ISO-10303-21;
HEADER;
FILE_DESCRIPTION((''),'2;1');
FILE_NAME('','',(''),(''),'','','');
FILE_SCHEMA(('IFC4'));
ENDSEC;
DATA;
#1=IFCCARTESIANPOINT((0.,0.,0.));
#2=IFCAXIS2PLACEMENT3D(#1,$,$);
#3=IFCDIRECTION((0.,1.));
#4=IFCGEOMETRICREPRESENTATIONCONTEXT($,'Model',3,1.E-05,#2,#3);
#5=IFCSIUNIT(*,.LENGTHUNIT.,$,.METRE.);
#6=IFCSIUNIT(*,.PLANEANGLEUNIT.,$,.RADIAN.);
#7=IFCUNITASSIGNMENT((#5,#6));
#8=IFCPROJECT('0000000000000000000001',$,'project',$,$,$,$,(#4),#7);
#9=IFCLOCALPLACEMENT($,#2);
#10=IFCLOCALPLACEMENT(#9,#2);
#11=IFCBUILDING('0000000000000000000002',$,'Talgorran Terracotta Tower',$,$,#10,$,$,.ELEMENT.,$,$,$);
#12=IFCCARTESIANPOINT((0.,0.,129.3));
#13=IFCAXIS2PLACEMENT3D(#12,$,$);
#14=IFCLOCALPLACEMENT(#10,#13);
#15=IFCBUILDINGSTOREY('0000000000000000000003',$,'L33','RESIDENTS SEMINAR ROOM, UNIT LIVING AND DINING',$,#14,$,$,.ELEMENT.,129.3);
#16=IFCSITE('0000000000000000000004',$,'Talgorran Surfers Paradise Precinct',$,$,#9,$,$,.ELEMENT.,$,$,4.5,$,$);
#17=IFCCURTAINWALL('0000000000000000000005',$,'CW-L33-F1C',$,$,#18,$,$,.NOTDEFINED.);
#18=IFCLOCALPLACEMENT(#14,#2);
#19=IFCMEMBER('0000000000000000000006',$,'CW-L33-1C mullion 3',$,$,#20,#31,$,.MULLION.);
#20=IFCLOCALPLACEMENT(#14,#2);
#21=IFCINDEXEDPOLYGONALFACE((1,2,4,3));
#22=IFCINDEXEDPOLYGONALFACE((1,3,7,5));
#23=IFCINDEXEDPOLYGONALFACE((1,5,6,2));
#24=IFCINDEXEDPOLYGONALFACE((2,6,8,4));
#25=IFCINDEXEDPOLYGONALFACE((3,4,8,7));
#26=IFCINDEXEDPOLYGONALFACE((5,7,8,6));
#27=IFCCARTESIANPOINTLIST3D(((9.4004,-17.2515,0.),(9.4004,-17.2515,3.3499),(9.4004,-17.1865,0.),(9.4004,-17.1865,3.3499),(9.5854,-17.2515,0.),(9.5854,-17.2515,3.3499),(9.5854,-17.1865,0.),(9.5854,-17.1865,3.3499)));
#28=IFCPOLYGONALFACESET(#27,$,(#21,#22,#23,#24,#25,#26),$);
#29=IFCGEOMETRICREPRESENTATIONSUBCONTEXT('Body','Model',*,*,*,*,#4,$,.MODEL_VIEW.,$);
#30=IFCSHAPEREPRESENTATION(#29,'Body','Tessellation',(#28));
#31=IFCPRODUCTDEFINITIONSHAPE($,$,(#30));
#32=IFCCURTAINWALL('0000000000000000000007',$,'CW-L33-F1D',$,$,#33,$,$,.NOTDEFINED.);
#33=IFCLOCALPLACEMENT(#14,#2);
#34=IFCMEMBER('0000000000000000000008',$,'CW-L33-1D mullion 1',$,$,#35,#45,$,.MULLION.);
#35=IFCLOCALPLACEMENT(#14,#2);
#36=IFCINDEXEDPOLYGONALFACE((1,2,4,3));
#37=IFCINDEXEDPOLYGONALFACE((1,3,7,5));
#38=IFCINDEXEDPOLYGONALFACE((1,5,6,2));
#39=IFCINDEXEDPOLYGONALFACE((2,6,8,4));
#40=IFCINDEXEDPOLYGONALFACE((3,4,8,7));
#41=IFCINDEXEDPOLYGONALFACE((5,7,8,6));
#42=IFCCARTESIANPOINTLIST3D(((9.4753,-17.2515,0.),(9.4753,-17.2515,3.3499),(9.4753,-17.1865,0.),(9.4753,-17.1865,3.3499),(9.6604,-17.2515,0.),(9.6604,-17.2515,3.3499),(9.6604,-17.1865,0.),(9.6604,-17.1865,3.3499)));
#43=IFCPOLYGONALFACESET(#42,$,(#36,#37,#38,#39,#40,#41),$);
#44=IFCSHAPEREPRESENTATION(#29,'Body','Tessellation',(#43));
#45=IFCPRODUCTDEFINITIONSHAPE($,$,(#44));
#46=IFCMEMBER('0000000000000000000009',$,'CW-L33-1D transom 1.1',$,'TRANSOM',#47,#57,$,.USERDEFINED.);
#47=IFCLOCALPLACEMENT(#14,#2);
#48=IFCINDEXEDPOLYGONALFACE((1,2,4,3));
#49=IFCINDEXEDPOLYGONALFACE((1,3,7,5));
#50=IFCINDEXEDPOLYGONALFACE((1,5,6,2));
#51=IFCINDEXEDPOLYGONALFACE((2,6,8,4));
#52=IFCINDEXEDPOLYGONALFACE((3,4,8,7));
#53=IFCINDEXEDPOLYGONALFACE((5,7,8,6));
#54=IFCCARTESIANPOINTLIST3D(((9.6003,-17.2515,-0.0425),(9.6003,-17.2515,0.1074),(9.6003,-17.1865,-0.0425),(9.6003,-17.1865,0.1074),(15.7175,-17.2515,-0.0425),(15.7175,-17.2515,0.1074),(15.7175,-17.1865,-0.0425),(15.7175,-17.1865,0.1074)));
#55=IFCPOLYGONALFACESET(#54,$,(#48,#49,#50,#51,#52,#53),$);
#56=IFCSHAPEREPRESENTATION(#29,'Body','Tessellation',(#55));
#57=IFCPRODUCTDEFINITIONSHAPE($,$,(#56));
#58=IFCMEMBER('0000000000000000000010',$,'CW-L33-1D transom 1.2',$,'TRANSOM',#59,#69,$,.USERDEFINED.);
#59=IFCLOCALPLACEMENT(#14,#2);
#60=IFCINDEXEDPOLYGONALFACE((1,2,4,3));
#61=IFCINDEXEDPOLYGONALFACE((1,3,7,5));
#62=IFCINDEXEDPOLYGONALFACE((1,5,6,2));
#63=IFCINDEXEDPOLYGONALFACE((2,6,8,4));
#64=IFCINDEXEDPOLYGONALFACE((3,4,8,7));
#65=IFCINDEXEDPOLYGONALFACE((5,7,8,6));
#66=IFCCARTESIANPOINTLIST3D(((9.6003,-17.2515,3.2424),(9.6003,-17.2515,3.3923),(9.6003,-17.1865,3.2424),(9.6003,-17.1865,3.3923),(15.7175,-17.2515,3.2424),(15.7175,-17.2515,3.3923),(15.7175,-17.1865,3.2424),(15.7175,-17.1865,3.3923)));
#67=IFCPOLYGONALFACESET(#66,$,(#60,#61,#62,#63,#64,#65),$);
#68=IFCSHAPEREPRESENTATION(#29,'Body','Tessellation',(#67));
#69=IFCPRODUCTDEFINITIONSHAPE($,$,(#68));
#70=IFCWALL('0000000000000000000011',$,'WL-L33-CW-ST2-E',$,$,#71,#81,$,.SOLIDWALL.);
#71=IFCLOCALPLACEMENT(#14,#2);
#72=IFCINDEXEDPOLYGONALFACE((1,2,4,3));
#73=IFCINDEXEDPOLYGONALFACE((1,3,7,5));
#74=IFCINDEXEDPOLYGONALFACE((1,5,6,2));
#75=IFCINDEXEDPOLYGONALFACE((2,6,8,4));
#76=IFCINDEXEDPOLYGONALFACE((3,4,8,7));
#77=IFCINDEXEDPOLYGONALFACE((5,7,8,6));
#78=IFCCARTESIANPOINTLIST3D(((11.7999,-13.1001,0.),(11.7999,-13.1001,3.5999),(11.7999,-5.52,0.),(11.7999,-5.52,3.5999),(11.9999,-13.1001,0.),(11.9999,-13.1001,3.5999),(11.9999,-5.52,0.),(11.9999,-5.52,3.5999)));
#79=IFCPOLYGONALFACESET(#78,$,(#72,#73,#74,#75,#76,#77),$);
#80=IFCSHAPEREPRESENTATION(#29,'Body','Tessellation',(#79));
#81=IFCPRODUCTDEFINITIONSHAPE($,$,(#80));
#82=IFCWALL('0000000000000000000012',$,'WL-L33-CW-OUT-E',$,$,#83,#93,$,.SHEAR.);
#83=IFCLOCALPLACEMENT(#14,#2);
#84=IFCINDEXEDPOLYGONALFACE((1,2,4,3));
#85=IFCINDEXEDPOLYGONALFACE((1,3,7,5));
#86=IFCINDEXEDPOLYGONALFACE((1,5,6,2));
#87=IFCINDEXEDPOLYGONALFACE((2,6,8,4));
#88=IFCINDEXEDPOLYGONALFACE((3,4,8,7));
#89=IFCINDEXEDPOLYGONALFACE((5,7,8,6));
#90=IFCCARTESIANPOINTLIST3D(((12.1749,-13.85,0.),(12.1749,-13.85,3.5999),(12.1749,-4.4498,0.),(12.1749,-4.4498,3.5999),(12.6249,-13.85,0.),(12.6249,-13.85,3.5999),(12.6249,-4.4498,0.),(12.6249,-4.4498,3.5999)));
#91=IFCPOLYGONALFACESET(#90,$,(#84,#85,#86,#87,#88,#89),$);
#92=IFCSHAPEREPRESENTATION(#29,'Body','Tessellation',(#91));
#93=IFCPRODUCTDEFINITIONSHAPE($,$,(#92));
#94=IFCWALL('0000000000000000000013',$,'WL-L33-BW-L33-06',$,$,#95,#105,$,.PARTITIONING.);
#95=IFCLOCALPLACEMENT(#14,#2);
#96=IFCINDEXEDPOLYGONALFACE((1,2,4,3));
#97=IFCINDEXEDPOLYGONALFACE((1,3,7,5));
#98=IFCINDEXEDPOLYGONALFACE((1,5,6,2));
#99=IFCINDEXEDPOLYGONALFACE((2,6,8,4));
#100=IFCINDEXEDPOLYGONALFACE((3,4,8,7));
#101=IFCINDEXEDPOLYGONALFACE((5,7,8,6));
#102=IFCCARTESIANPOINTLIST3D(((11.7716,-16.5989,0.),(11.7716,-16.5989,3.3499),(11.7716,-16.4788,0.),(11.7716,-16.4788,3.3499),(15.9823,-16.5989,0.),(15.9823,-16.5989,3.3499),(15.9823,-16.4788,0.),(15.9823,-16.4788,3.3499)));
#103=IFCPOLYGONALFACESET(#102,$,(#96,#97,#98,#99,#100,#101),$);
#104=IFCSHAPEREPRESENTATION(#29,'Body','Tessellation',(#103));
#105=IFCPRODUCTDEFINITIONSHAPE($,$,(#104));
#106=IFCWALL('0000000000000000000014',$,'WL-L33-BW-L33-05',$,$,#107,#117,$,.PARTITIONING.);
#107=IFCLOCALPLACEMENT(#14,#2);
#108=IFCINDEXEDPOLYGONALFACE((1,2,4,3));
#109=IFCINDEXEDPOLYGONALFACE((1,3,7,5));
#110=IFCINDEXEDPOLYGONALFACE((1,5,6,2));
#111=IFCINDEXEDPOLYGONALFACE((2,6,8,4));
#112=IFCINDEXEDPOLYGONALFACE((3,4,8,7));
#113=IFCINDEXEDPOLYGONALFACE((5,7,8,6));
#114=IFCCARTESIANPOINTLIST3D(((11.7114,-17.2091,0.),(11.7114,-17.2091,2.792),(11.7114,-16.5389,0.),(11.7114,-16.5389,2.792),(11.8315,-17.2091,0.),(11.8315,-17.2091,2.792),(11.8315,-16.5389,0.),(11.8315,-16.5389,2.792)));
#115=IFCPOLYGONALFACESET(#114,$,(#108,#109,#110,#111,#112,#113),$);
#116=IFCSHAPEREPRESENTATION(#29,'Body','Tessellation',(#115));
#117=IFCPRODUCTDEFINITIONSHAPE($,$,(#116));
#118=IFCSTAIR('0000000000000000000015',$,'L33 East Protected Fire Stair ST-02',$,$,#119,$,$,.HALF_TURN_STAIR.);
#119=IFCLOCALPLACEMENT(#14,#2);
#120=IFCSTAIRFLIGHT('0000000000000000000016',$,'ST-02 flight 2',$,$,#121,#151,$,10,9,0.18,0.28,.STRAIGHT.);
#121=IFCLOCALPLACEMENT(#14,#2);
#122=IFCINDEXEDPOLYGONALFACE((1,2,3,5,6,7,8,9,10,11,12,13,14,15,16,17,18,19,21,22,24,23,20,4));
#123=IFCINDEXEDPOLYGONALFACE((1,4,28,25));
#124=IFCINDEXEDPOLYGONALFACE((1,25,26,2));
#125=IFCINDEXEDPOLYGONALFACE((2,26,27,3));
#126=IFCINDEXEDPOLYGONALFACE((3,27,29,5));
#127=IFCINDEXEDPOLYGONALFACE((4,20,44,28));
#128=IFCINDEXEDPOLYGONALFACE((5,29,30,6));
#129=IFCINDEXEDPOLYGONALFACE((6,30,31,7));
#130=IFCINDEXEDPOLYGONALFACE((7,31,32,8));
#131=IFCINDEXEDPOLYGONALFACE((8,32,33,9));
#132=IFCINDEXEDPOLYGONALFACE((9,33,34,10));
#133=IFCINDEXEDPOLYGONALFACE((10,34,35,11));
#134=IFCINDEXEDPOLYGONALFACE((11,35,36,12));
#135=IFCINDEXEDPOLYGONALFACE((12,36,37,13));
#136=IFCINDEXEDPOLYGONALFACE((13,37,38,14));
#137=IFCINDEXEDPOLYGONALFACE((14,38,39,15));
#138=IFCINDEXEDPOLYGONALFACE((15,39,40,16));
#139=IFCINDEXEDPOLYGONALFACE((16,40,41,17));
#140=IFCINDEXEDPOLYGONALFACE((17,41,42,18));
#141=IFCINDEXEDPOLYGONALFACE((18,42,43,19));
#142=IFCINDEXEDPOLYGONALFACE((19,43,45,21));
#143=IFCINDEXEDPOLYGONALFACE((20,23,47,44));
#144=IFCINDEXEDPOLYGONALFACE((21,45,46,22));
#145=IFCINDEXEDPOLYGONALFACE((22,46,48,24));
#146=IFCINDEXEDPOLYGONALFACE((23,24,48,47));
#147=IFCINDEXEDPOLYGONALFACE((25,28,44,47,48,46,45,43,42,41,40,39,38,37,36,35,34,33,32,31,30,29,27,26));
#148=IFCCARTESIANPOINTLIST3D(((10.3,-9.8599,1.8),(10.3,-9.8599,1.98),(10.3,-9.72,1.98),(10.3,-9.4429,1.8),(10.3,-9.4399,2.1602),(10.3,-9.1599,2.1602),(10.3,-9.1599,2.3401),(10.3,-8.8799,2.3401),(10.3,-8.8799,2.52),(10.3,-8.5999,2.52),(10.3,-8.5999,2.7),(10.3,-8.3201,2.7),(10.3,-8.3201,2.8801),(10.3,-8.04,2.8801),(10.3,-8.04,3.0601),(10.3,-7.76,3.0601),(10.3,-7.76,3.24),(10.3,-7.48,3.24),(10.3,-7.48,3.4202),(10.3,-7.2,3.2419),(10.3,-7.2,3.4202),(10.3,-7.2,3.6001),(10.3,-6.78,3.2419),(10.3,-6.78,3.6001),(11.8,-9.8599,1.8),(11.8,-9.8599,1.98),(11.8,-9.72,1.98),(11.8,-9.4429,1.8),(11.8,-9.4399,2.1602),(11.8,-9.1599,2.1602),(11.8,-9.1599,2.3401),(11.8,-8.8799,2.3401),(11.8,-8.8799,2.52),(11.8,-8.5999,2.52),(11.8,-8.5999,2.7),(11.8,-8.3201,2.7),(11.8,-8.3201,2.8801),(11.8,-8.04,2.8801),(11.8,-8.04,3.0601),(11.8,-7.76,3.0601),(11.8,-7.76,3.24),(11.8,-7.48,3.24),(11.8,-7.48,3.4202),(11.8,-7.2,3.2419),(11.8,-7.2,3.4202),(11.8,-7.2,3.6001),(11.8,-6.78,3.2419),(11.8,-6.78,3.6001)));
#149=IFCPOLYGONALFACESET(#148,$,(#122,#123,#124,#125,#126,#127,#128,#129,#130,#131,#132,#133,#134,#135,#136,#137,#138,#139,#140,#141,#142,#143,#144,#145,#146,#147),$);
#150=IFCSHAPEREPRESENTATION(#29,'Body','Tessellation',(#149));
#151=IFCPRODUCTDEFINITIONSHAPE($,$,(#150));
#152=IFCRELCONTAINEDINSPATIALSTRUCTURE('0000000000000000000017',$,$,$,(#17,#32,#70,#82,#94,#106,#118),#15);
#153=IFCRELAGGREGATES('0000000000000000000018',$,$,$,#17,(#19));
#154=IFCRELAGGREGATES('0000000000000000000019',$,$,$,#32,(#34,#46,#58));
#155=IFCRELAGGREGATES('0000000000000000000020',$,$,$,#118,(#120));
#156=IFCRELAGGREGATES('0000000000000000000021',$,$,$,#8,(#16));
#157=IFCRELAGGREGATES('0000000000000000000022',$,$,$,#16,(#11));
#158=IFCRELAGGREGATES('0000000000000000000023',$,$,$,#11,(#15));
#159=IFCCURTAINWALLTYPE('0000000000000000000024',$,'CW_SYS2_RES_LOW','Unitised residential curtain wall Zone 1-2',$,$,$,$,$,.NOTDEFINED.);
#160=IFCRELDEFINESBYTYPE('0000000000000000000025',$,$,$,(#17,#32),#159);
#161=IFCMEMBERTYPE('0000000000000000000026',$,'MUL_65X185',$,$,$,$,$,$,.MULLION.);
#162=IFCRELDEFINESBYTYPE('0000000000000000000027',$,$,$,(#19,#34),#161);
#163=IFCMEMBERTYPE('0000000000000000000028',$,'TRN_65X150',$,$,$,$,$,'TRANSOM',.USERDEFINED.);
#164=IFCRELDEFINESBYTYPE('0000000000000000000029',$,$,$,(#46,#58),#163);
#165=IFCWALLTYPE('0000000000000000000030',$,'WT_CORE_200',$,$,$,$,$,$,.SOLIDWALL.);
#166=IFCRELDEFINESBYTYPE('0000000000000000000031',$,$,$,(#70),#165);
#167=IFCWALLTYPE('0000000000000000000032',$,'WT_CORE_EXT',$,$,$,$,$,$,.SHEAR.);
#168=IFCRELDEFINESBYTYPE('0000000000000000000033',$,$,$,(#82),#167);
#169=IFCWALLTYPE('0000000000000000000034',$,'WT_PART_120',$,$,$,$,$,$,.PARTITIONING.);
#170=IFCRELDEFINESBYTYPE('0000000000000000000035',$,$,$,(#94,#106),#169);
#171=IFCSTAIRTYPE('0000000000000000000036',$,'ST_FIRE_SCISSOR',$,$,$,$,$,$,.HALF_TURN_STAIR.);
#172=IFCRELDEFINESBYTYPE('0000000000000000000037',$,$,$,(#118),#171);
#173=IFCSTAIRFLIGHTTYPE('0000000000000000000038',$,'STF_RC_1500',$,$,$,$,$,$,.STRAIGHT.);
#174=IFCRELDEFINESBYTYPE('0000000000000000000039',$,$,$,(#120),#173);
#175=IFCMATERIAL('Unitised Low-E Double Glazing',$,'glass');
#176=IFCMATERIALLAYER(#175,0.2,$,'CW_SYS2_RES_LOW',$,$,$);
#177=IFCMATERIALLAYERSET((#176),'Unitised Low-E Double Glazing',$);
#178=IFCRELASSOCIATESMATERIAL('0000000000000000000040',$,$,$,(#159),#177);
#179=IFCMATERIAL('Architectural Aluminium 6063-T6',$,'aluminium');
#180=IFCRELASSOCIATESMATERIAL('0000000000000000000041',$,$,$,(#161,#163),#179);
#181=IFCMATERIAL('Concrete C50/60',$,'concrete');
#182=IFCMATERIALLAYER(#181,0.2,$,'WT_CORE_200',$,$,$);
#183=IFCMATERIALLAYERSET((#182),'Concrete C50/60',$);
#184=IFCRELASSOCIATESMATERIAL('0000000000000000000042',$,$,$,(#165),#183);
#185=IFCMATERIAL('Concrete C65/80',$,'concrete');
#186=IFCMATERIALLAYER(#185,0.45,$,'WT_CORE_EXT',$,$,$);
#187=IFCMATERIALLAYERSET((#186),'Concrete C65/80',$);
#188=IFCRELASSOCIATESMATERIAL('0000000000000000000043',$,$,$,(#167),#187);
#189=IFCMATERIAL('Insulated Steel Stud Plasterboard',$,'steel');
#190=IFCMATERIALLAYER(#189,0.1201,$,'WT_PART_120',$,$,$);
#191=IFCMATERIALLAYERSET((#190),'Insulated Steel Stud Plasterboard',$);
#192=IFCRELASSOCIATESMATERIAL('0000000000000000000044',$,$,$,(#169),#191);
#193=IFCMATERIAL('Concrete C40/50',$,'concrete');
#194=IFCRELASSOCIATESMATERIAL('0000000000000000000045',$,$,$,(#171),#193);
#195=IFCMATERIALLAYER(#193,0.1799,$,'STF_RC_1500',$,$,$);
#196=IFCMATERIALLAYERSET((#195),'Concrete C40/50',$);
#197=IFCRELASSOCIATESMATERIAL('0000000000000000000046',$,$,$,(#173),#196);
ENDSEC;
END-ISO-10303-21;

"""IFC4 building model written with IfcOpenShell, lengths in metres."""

from ifc_helpers import new_model, si_unit, direction, frame, frame_2d, origin, origin_2d, place, context, subcontext, project, spatial, polyline, rectangle, outline, extrude, material, layer, layer_set, material_profile, profile_set, type_object, element, aggregate, save


model = new_model("IFC4")

# Units and contexts
model_context = context("Model", 3, precision=1e-05, world=origin(), true_north=direction((0.0, 1.0)))
body_context = subcontext(model_context, "Body", "Model", "MODEL_VIEW")
ifc_project = project(units=[si_unit("LENGTHUNIT", "METRE"), si_unit("PLANEANGLEUNIT", "RADIAN")], contexts=[model_context])

# Site, building, storey
site_placement = place(None, origin())
site = spatial("IfcSite", under=ifc_project, at=site_placement, Name="Talgorran Surfers Paradise Precinct", CompositionType="ELEMENT", RefElevation=4.5)
building_placement = place(site_placement, origin())
building = spatial("IfcBuilding", under=site, at=building_placement, Name="Talgorran Terracotta Tower", CompositionType="ELEMENT")
storey_placement = place(building_placement, frame((0.0, 0.0, 129.3)))
storey = spatial("IfcBuildingStorey", under=building, at=storey_placement, Name="L33", Description="RESIDENTS SEMINAR ROOM, UNIT LIVING AND DINING", CompositionType="ELEMENT", Elevation=129.3)

# Curtain wall, member
ifc_material_1 = material(Name="Unitised Low-E Double Glazing", Category="glass")
ifc_layer_1 = layer(ifc_material_1, 0.2, Name="CW_SYS2_RES_LOW")
ifc_layer_set_1 = layer_set([ifc_layer_1], Name="Unitised Low-E Double Glazing")
curtain_wall_type = type_object("IfcCurtainWallType", Name="CW_SYS2_RES_LOW", Description="Unitised residential curtain wall Zone 1-2", PredefinedType="NOTDEFINED", material=ifc_layer_set_1)
curtain_wall_1_placement = place(storey_placement, origin())
curtain_wall_1 = element("IfcCurtainWall", 1, at=curtain_wall_1_placement, inside=storey, type_object=curtain_wall_type, Name="CW-L33-F1C", PredefinedType="NOTDEFINED")
ifc_material_2 = material(Name="Architectural Aluminium 6063-T6", Category="aluminium")
ifc_material_profile_1 = material_profile(ifc_material_2, rectangle(XDim=0.0649, YDim=0.1851, at=origin_2d()), Name="CWM65X185")
ifc_profile_set_1 = profile_set([ifc_material_profile_1], Name="Architectural Aluminium 6063-T6")
member_type_1 = type_object("IfcMemberType", Name="MUL_65X185", PredefinedType="MULLION", material=ifc_profile_set_1)
member_1_placement = place(storey_placement, frame((9.4929, -17.219, 0.0), z_axis=(0.0, 0.0, 1.0), x_axis=(0.0, 1.0, 0.0)))
member_1 = element("IfcMember", 2, at=member_1_placement, type_object=member_type_1, Name="CW-L33-1C mullion 3", PredefinedType="MULLION", context=body_context, shape_type="SweptSolid", body=[
    extrude(rectangle(XDim=0.0649, YDim=0.1851, at=origin_2d()), origin(), (0.0, 0.0, 1.0), 3.3499),
])
aggregate(curtain_wall_1, [member_1])

# Curtain wall, members
curtain_wall_2_placement = place(storey_placement, origin())
curtain_wall_2 = element("IfcCurtainWall", 3, at=curtain_wall_2_placement, inside=storey, type_object=curtain_wall_type, Name="CW-L33-F1D", PredefinedType="NOTDEFINED")
member_2_placement = place(storey_placement, frame((9.5679, -17.219, 0.0), z_axis=(0.0, 0.0, 1.0), x_axis=(0.0, 1.0, 0.0)))
member_2 = element("IfcMember", 4, at=member_2_placement, type_object=member_type_1, Name="CW-L33-1D mullion 1", PredefinedType="MULLION", context=body_context, shape_type="SweptSolid", body=[
    extrude(rectangle(XDim=0.0649, YDim=0.1851, at=origin_2d()), origin(), (0.0, 0.0, 1.0), 3.3499),
])
ifc_material_profile_2 = material_profile(ifc_material_2, rectangle(XDim=0.0649, YDim=0.1499, at=origin_2d()), Name="CWT65X150")
ifc_profile_set_2 = profile_set([ifc_material_profile_2], Name="Architectural Aluminium 6063-T6")
member_type_2 = type_object("IfcMemberType", Name="TRN_65X150", ElementType="TRANSOM", PredefinedType="USERDEFINED", material=ifc_profile_set_2)
member_3_placement = place(storey_placement, frame((9.6003, -17.219, 0.0325), z_axis=(1.0, 0.0, 0.0), x_axis=(0.0, 1.0, 0.0)))
member_3 = element("IfcMember", 5, at=member_3_placement, type_object=member_type_2, Name="CW-L33-1D transom 1.1", ObjectType="TRANSOM", PredefinedType="USERDEFINED", context=body_context, shape_type="SweptSolid", body=[
    extrude(rectangle(XDim=0.0649, YDim=0.1499, at=origin_2d()), origin(), (0.0, 0.0, 1.0), 6.1172),
])
member_4_placement = place(storey_placement, frame((9.6003, -17.219, 3.3174), z_axis=(1.0, 0.0, 0.0), x_axis=(0.0, 1.0, 0.0)))
member_4 = element("IfcMember", 6, at=member_4_placement, type_object=member_type_2, Name="CW-L33-1D transom 1.2", ObjectType="TRANSOM", PredefinedType="USERDEFINED", context=body_context, shape_type="SweptSolid", body=[
    extrude(rectangle(XDim=0.0649, YDim=0.1499, at=origin_2d()), origin(), (0.0, 0.0, 1.0), 6.1172),
])
aggregate(curtain_wall_2, [member_2, member_3, member_4])

# Walls
ifc_material_3 = material(Name="Concrete C50/60", Category="concrete")
ifc_layer_2 = layer(ifc_material_3, 0.2, Name="WT_CORE_200")
ifc_layer_set_2 = layer_set([ifc_layer_2], Name="Concrete C50/60")
wall_type_1 = type_object("IfcWallType", Name="WT_CORE_200", PredefinedType="SOLIDWALL", material=ifc_layer_set_2)
wall_1_placement = place(storey_placement, frame((11.8999, -13.1001, 0.0), z_axis=(0.0, 0.0, 1.0), x_axis=(0.0, 1.0, 0.0)))
element("IfcWall", 7, at=wall_1_placement, inside=storey, type_object=wall_type_1, Name="WL-L33-CW-ST2-E", PredefinedType="SOLIDWALL", context=body_context, shape_type="SweptSolid", body=[
    extrude(rectangle(XDim=7.5801, YDim=0.2, at=frame_2d((3.79, 0.0))), origin(), (0.0, 0.0, 1.0), 3.5999),
])
ifc_material_4 = material(Name="Concrete C65/80", Category="concrete")
ifc_layer_3 = layer(ifc_material_4, 0.45, Name="WT_CORE_EXT")
ifc_layer_set_3 = layer_set([ifc_layer_3], Name="Concrete C65/80")
wall_type_2 = type_object("IfcWallType", Name="WT_CORE_EXT", PredefinedType="SHEAR", material=ifc_layer_set_3)
wall_2_placement = place(storey_placement, frame((12.3999, -13.8501, 0.0), z_axis=(0.0, 0.0, 1.0), x_axis=(0.0, 1.0, 0.0)))
element("IfcWall", 8, at=wall_2_placement, inside=storey, type_object=wall_type_2, Name="WL-L33-CW-OUT-E", PredefinedType="SHEAR", context=body_context, shape_type="SweptSolid", body=[
    extrude(rectangle(XDim=9.4001, YDim=0.45, at=frame_2d((4.7002, 0.0))), origin(), (0.0, 0.0, 1.0), 3.5999),
])
ifc_material_5 = material(Name="Insulated Steel Stud Plasterboard", Category="steel")
ifc_layer_4 = layer(ifc_material_5, 0.1201, Name="WT_PART_120")
ifc_layer_set_4 = layer_set([ifc_layer_4], Name="Insulated Steel Stud Plasterboard")
wall_type_3 = type_object("IfcWallType", Name="WT_PART_120", PredefinedType="PARTITIONING", material=ifc_layer_set_4)
wall_3_placement = place(storey_placement, frame((11.7715, -16.5388, 0.0), z_axis=(0.0, 0.0, 1.0), x_axis=(1.0, 0.0, 0.0)))
element("IfcWall", 9, at=wall_3_placement, inside=storey, type_object=wall_type_3, Name="WL-L33-BW-L33-06", PredefinedType="PARTITIONING", context=body_context, shape_type="SweptSolid", body=[
    extrude(rectangle(XDim=4.2107, YDim=0.1201, at=frame_2d((2.1055, 0.0))), origin(), (0.0, 0.0, 1.0), 3.3499),
])
wall_4_placement = place(storey_placement, frame((11.7715, -17.209, 0.0), z_axis=(0.0, 0.0, 1.0), x_axis=(0.0, 1.0, 0.0)))
element("IfcWall", 10, at=wall_4_placement, inside=storey, type_object=wall_type_3, Name="WL-L33-BW-L33-05", PredefinedType="PARTITIONING", context=body_context, shape_type="SweptSolid", body=[
    extrude(rectangle(XDim=0.6702, YDim=0.1201, at=frame_2d((0.335, 0.0))), origin(), (0.0, 0.0, 1.0), 2.792),
])

# Stair, stair flight
ifc_material_6 = material(Name="Concrete C40/50", Category="concrete")
stair_type = type_object("IfcStairType", Name="ST_FIRE_SCISSOR", PredefinedType="HALF_TURN_STAIR", material=ifc_material_6)
stair_placement = place(storey_placement, origin())
stair = element("IfcStair", 11, at=stair_placement, inside=storey, type_object=stair_type, Name="L33 East Protected Fire Stair ST-02", PredefinedType="HALF_TURN_STAIR")
ifc_layer_5 = layer(ifc_material_6, 0.1799, Name="STF_RC_1500")
ifc_layer_set_5 = layer_set([ifc_layer_5], Name="Concrete C40/50")
stair_flight_type = type_object("IfcStairFlightType", Name="STF_RC_1500", PredefinedType="STRAIGHT", material=ifc_layer_set_5)
stair_flight_placement = place(storey_placement, frame((11.05, -9.72, 1.8), z_axis=(0.0, 0.0, 1.0), x_axis=(0.0, 1.0, 0.0)))
stair_flight = element("IfcStairFlight", 12, at=stair_flight_placement, type_object=stair_flight_type, Name="ST-02 flight 2", NumberOfRisers=10, NumberOfTreads=9, PredefinedType="STRAIGHT", RiserHeight=0.18, TreadLength=0.28, context=body_context, shape_type="SweptSolid", body=[
    extrude(outline(polyline([(-0.1399, 0.0), (-0.1399, 0.1799), (0.0, 0.1799), (0.28, 0.3601), (0.5601, 0.3601), (0.5601, 0.54), (0.8401, 0.54), (0.8401, 0.72), (1.1201, 0.72), (1.1201, 0.8999), (1.3999, 0.8999), (1.3999, 1.0801), (1.6799, 1.0801), (1.6799, 1.26), (1.96, 1.26), (1.96, 1.4399), (2.24, 1.4399), (2.24, 1.6201), (2.52, 1.6201), (2.52, 1.8), (2.9399, 1.8), (2.9399, 1.4419), (2.52, 1.4419), (0.2771, 0.0), (-0.1399, 0.0)])), frame((0.0, 0.75, 0.0), z_axis=(0.0, -1.0, 0.0), x_axis=(1.0, 0.0, 0.0)), (0.0, 0.0, 1.0), 1.5),
])
aggregate(stair, [stair_flight])

save(model, "model.ifc")
